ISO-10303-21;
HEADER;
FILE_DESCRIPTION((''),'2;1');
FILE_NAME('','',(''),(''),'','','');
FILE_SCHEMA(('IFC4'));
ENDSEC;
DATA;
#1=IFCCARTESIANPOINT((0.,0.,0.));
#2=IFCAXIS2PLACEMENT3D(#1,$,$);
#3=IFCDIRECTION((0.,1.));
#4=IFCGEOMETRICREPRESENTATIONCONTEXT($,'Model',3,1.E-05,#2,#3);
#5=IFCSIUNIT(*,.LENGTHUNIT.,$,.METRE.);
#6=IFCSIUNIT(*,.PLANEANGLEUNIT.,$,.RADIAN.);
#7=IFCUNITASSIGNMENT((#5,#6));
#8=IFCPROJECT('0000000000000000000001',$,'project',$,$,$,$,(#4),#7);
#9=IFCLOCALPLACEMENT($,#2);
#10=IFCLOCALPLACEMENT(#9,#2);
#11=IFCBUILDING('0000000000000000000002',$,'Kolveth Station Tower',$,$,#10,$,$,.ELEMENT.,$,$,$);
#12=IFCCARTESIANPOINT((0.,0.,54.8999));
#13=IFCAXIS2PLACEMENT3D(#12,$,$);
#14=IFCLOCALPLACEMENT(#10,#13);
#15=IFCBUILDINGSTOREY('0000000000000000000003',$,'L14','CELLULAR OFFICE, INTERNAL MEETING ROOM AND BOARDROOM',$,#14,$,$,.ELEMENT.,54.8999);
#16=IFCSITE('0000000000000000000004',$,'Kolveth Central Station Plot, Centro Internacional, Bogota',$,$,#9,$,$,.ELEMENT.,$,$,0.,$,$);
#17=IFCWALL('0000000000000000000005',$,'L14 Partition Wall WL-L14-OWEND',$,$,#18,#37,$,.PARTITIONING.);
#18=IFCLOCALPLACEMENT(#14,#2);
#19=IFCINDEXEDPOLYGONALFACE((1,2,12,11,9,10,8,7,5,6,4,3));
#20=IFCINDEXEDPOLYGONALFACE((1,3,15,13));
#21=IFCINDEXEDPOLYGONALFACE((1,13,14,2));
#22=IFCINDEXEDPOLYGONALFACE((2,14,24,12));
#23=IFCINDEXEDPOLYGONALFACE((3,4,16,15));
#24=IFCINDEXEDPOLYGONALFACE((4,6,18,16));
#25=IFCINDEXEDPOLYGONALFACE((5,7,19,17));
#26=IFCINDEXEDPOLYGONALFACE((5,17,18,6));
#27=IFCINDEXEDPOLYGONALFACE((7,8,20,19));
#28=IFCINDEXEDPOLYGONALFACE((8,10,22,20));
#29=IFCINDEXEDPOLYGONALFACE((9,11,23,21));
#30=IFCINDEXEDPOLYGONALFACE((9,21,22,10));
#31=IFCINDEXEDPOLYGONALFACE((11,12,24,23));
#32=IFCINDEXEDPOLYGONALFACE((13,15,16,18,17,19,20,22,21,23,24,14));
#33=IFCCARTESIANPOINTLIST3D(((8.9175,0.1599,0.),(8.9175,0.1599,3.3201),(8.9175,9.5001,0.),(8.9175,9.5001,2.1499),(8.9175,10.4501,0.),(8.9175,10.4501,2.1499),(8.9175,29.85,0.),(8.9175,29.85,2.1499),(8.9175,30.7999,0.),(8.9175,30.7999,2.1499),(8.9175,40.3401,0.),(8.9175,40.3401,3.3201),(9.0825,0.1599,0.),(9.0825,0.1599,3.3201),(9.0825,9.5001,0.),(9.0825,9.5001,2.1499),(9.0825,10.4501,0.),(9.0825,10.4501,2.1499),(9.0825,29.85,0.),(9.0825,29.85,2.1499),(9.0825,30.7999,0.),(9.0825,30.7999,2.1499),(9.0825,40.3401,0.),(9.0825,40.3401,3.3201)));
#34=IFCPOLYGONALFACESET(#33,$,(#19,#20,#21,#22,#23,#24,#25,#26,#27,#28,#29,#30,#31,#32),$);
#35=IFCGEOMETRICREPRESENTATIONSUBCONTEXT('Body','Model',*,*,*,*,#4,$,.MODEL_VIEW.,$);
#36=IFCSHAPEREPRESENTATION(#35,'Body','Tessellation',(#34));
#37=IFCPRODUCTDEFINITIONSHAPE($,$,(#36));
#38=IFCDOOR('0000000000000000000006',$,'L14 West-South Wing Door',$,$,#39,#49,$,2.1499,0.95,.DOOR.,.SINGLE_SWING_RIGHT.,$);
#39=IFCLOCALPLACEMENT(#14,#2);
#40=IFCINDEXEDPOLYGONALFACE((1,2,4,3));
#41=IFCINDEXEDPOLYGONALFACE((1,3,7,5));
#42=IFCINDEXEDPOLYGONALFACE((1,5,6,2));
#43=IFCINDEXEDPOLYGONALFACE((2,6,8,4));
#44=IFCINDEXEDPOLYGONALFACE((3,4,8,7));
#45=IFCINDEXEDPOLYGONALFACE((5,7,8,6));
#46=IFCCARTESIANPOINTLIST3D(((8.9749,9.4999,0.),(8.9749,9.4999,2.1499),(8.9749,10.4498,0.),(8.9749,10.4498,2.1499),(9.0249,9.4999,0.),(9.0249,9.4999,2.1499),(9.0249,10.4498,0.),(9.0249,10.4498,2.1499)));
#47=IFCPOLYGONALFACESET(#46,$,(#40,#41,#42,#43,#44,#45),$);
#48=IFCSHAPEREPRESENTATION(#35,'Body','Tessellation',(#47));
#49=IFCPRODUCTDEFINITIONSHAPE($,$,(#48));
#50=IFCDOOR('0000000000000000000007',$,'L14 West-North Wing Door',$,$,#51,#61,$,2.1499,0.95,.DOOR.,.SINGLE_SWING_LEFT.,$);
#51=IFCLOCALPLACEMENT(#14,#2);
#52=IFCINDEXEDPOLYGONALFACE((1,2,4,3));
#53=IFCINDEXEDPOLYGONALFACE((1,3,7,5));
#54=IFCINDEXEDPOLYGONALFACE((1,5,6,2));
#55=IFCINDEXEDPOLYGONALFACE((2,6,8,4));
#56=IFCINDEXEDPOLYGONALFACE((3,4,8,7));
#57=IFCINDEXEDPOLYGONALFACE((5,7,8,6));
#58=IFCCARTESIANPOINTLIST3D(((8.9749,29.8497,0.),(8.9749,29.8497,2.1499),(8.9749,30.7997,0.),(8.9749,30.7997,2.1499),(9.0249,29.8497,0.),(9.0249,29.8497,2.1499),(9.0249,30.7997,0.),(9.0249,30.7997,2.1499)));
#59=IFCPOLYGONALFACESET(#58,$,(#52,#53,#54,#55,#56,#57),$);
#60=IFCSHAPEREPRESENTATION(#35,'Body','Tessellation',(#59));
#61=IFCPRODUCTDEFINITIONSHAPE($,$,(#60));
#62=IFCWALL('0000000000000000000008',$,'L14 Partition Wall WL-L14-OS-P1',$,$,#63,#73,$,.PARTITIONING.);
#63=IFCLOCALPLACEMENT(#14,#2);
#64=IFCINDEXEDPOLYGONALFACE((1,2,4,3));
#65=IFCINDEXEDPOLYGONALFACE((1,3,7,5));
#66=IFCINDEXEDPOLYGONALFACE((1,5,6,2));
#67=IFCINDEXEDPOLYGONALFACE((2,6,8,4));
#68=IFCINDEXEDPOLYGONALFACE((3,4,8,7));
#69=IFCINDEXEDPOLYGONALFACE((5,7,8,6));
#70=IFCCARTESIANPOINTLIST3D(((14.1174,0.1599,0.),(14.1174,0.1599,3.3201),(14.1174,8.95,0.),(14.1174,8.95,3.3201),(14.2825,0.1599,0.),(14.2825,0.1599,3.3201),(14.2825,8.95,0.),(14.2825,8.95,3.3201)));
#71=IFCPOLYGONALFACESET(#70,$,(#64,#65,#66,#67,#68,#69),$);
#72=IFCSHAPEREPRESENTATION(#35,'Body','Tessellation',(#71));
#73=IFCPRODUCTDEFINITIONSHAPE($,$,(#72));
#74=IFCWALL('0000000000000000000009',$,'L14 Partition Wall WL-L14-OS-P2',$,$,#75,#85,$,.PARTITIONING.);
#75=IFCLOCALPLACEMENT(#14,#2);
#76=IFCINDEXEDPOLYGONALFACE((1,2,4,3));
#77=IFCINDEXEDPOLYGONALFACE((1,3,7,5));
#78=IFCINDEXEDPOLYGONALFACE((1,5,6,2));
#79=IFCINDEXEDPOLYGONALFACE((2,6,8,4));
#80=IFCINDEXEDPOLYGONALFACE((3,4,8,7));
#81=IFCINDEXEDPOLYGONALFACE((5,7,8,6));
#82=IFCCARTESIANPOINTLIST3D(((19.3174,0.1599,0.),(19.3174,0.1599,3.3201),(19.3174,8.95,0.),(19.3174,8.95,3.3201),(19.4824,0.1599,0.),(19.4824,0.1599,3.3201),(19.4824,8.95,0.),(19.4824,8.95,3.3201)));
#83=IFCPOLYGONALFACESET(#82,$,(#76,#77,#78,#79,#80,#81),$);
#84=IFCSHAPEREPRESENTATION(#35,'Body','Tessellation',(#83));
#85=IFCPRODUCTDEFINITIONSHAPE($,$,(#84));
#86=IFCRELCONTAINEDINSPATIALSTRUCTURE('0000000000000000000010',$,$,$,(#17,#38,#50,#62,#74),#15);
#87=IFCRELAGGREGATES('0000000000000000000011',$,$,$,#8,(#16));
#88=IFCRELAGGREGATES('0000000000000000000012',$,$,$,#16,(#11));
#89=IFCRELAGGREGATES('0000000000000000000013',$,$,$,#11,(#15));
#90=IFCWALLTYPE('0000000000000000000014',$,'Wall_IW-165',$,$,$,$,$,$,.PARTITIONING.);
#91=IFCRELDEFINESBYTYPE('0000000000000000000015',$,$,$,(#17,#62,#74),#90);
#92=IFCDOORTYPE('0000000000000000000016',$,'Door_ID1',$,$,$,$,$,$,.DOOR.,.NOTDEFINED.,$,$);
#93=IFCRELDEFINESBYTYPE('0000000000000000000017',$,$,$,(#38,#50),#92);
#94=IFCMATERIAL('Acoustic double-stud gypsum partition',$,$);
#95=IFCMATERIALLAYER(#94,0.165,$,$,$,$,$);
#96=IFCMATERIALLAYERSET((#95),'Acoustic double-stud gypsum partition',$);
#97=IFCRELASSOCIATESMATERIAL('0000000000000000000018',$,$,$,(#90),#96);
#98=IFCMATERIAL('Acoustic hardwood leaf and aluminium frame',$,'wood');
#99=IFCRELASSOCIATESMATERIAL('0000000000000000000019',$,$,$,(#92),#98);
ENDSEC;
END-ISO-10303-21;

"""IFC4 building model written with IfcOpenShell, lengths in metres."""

from ifc_helpers import new_model, si_unit, direction, frame, frame_2d, origin, place, context, subcontext, project, spatial, rectangle, extrude, material, layer, layer_set, type_object, element, fill, save


model = new_model("IFC4")

# Units and contexts
model_context = context("Model", 3, precision=1e-05, world=origin(), true_north=direction((0.0, 1.0)))
body_context = subcontext(model_context, "Body", "Model", "MODEL_VIEW")
ifc_project = project(units=[si_unit("LENGTHUNIT", "METRE"), si_unit("PLANEANGLEUNIT", "RADIAN")], contexts=[model_context])

# Site, building, storey
site_placement = place(None, origin())
site = spatial("IfcSite", under=ifc_project, at=site_placement, Name="Kolveth Central Station Plot, Centro Internacional, Bogota", CompositionType="ELEMENT", RefElevation=0.0)
building_placement = place(site_placement, origin())
building = spatial("IfcBuilding", under=site, at=building_placement, Name="Kolveth Station Tower", CompositionType="ELEMENT")
storey_placement = place(building_placement, frame((0.0, 0.0, 54.8999)))
storey = spatial("IfcBuildingStorey", under=building, at=storey_placement, Name="L14", Description="CELLULAR OFFICE, INTERNAL MEETING ROOM AND BOARDROOM", CompositionType="ELEMENT", Elevation=54.8999)

# Wall, openings, doors
ifc_material_1 = material(Name="Acoustic double-stud gypsum partition")
ifc_layer_1 = layer(ifc_material_1, 0.165)
ifc_layer_set_1 = layer_set([ifc_layer_1], Name="Acoustic double-stud gypsum partition")
wall_type = type_object("IfcWallType", Name="Wall_IW-165", PredefinedType="PARTITIONING", material=ifc_layer_set_1)
wall_placement = place(storey_placement, frame((9.0, 0.1599, 0.0), z_axis=(0.0, 0.0, 1.0), x_axis=(0.0, 1.0, 0.0)))
wall = element("IfcWall", 1, at=wall_placement, inside=storey, type_object=wall_type, Name="L14 Partition Wall WL-L14-OWEND", PredefinedType="PARTITIONING", context=body_context, shape_type="SweptSolid", body=[
    extrude(rectangle(XDim=40.1802, YDim=0.165, at=frame_2d((20.0901, 0.0))), origin(), (0.0, 0.0, 1.0), 3.3201),
])
opening_1_placement = place(wall_placement, frame((9.3401, 0.0, 0.0)))
opening_1 = element("IfcOpeningElement", 2, at=opening_1_placement, cuts=wall, PredefinedType="OPENING", context=body_context, shape_type="SweptSolid", body=[
    extrude(rectangle(XDim=0.95, YDim=2.1499, at=frame_2d((0.4751, 1.075))), frame((0.0, 0.0925, 0.0), z_axis=(0.0, -1.0, 0.0), x_axis=(1.0, 0.0, 0.0)), (0.0, 0.0, 1.0), 0.1851),
])
opening_2_placement = place(wall_placement, frame((29.6899, 0.0, 0.0)))
opening_2 = element("IfcOpeningElement", 3, at=opening_2_placement, cuts=wall, PredefinedType="OPENING", context=body_context, shape_type="SweptSolid", body=[
    extrude(rectangle(XDim=0.95, YDim=2.1499, at=frame_2d((0.4751, 1.075))), frame((0.0, 0.0925, 0.0), z_axis=(0.0, -1.0, 0.0), x_axis=(1.0, 0.0, 0.0)), (0.0, 0.0, 1.0), 0.1851),
])
ifc_material_2 = material(Name="Acoustic hardwood leaf and aluminium frame", Category="wood")
door_type = type_object("IfcDoorType", Name="Door_ID1", OperationType="NOTDEFINED", PredefinedType="DOOR", material=ifc_material_2)
door_1_placement = place(opening_1_placement, frame((0.95, 0.0, 0.0), z_axis=(0.0, 0.0, 1.0), x_axis=(-1.0, 0.0, 0.0)))
door_1 = element("IfcDoor", 4, at=door_1_placement, inside=storey, type_object=door_type, Name="L14 West-South Wing Door", OperationType="SINGLE_SWING_RIGHT", OverallHeight=2.1499, OverallWidth=0.95, PredefinedType="DOOR", context=body_context, shape_type="SweptSolid", body=[
    extrude(rectangle(XDim=0.95, YDim=2.1499, at=frame_2d((0.4751, 1.075))), frame((0.0, 0.0249, 0.0), z_axis=(0.0, -1.0, 0.0), x_axis=(1.0, 0.0, 0.0)), (0.0, 0.0, 1.0), 0.05),
])
fill(opening_1, door_1)
door_2_placement = place(opening_2_placement, frame((0.95, 0.0, 0.0), z_axis=(0.0, 0.0, 1.0), x_axis=(-1.0, 0.0, 0.0)))
door_2 = element("IfcDoor", 5, at=door_2_placement, inside=storey, type_object=door_type, Name="L14 West-North Wing Door", OperationType="SINGLE_SWING_LEFT", OverallHeight=2.1499, OverallWidth=0.95, PredefinedType="DOOR", context=body_context, shape_type="SweptSolid", body=[
    extrude(rectangle(XDim=0.95, YDim=2.1499, at=frame_2d((0.4751, 1.075))), frame((0.0, 0.0249, 0.0), z_axis=(0.0, -1.0, 0.0), x_axis=(1.0, 0.0, 0.0)), (0.0, 0.0, 1.0), 0.05),
])
fill(opening_2, door_2)

# Walls
for number, where, z_axis, x_axis, name in (
    (6, (14.2, 0.1599, 0.0), (0.0, 0.0, 1.0), (0.0, 1.0, 0.0), "L14 Partition Wall WL-L14-OS-P1"),
    (7, (19.3999, 0.1599, 0.0), (0.0, 0.0, 1.0), (0.0, 1.0, 0.0), "L14 Partition Wall WL-L14-OS-P2"),
):
    element("IfcWall", number, at=place(storey_placement, frame(where, z_axis=z_axis, x_axis=x_axis)), inside=storey, type_object=wall_type, Name=name, PredefinedType="PARTITIONING", context=body_context, shape_type="SweptSolid", body=[
        extrude(rectangle(XDim=8.79, YDim=0.165, at=frame_2d((4.395, 0.0))), origin(), (0.0, 0.0, 1.0), 3.3201),
    ])

save(model, "model.ifc")
